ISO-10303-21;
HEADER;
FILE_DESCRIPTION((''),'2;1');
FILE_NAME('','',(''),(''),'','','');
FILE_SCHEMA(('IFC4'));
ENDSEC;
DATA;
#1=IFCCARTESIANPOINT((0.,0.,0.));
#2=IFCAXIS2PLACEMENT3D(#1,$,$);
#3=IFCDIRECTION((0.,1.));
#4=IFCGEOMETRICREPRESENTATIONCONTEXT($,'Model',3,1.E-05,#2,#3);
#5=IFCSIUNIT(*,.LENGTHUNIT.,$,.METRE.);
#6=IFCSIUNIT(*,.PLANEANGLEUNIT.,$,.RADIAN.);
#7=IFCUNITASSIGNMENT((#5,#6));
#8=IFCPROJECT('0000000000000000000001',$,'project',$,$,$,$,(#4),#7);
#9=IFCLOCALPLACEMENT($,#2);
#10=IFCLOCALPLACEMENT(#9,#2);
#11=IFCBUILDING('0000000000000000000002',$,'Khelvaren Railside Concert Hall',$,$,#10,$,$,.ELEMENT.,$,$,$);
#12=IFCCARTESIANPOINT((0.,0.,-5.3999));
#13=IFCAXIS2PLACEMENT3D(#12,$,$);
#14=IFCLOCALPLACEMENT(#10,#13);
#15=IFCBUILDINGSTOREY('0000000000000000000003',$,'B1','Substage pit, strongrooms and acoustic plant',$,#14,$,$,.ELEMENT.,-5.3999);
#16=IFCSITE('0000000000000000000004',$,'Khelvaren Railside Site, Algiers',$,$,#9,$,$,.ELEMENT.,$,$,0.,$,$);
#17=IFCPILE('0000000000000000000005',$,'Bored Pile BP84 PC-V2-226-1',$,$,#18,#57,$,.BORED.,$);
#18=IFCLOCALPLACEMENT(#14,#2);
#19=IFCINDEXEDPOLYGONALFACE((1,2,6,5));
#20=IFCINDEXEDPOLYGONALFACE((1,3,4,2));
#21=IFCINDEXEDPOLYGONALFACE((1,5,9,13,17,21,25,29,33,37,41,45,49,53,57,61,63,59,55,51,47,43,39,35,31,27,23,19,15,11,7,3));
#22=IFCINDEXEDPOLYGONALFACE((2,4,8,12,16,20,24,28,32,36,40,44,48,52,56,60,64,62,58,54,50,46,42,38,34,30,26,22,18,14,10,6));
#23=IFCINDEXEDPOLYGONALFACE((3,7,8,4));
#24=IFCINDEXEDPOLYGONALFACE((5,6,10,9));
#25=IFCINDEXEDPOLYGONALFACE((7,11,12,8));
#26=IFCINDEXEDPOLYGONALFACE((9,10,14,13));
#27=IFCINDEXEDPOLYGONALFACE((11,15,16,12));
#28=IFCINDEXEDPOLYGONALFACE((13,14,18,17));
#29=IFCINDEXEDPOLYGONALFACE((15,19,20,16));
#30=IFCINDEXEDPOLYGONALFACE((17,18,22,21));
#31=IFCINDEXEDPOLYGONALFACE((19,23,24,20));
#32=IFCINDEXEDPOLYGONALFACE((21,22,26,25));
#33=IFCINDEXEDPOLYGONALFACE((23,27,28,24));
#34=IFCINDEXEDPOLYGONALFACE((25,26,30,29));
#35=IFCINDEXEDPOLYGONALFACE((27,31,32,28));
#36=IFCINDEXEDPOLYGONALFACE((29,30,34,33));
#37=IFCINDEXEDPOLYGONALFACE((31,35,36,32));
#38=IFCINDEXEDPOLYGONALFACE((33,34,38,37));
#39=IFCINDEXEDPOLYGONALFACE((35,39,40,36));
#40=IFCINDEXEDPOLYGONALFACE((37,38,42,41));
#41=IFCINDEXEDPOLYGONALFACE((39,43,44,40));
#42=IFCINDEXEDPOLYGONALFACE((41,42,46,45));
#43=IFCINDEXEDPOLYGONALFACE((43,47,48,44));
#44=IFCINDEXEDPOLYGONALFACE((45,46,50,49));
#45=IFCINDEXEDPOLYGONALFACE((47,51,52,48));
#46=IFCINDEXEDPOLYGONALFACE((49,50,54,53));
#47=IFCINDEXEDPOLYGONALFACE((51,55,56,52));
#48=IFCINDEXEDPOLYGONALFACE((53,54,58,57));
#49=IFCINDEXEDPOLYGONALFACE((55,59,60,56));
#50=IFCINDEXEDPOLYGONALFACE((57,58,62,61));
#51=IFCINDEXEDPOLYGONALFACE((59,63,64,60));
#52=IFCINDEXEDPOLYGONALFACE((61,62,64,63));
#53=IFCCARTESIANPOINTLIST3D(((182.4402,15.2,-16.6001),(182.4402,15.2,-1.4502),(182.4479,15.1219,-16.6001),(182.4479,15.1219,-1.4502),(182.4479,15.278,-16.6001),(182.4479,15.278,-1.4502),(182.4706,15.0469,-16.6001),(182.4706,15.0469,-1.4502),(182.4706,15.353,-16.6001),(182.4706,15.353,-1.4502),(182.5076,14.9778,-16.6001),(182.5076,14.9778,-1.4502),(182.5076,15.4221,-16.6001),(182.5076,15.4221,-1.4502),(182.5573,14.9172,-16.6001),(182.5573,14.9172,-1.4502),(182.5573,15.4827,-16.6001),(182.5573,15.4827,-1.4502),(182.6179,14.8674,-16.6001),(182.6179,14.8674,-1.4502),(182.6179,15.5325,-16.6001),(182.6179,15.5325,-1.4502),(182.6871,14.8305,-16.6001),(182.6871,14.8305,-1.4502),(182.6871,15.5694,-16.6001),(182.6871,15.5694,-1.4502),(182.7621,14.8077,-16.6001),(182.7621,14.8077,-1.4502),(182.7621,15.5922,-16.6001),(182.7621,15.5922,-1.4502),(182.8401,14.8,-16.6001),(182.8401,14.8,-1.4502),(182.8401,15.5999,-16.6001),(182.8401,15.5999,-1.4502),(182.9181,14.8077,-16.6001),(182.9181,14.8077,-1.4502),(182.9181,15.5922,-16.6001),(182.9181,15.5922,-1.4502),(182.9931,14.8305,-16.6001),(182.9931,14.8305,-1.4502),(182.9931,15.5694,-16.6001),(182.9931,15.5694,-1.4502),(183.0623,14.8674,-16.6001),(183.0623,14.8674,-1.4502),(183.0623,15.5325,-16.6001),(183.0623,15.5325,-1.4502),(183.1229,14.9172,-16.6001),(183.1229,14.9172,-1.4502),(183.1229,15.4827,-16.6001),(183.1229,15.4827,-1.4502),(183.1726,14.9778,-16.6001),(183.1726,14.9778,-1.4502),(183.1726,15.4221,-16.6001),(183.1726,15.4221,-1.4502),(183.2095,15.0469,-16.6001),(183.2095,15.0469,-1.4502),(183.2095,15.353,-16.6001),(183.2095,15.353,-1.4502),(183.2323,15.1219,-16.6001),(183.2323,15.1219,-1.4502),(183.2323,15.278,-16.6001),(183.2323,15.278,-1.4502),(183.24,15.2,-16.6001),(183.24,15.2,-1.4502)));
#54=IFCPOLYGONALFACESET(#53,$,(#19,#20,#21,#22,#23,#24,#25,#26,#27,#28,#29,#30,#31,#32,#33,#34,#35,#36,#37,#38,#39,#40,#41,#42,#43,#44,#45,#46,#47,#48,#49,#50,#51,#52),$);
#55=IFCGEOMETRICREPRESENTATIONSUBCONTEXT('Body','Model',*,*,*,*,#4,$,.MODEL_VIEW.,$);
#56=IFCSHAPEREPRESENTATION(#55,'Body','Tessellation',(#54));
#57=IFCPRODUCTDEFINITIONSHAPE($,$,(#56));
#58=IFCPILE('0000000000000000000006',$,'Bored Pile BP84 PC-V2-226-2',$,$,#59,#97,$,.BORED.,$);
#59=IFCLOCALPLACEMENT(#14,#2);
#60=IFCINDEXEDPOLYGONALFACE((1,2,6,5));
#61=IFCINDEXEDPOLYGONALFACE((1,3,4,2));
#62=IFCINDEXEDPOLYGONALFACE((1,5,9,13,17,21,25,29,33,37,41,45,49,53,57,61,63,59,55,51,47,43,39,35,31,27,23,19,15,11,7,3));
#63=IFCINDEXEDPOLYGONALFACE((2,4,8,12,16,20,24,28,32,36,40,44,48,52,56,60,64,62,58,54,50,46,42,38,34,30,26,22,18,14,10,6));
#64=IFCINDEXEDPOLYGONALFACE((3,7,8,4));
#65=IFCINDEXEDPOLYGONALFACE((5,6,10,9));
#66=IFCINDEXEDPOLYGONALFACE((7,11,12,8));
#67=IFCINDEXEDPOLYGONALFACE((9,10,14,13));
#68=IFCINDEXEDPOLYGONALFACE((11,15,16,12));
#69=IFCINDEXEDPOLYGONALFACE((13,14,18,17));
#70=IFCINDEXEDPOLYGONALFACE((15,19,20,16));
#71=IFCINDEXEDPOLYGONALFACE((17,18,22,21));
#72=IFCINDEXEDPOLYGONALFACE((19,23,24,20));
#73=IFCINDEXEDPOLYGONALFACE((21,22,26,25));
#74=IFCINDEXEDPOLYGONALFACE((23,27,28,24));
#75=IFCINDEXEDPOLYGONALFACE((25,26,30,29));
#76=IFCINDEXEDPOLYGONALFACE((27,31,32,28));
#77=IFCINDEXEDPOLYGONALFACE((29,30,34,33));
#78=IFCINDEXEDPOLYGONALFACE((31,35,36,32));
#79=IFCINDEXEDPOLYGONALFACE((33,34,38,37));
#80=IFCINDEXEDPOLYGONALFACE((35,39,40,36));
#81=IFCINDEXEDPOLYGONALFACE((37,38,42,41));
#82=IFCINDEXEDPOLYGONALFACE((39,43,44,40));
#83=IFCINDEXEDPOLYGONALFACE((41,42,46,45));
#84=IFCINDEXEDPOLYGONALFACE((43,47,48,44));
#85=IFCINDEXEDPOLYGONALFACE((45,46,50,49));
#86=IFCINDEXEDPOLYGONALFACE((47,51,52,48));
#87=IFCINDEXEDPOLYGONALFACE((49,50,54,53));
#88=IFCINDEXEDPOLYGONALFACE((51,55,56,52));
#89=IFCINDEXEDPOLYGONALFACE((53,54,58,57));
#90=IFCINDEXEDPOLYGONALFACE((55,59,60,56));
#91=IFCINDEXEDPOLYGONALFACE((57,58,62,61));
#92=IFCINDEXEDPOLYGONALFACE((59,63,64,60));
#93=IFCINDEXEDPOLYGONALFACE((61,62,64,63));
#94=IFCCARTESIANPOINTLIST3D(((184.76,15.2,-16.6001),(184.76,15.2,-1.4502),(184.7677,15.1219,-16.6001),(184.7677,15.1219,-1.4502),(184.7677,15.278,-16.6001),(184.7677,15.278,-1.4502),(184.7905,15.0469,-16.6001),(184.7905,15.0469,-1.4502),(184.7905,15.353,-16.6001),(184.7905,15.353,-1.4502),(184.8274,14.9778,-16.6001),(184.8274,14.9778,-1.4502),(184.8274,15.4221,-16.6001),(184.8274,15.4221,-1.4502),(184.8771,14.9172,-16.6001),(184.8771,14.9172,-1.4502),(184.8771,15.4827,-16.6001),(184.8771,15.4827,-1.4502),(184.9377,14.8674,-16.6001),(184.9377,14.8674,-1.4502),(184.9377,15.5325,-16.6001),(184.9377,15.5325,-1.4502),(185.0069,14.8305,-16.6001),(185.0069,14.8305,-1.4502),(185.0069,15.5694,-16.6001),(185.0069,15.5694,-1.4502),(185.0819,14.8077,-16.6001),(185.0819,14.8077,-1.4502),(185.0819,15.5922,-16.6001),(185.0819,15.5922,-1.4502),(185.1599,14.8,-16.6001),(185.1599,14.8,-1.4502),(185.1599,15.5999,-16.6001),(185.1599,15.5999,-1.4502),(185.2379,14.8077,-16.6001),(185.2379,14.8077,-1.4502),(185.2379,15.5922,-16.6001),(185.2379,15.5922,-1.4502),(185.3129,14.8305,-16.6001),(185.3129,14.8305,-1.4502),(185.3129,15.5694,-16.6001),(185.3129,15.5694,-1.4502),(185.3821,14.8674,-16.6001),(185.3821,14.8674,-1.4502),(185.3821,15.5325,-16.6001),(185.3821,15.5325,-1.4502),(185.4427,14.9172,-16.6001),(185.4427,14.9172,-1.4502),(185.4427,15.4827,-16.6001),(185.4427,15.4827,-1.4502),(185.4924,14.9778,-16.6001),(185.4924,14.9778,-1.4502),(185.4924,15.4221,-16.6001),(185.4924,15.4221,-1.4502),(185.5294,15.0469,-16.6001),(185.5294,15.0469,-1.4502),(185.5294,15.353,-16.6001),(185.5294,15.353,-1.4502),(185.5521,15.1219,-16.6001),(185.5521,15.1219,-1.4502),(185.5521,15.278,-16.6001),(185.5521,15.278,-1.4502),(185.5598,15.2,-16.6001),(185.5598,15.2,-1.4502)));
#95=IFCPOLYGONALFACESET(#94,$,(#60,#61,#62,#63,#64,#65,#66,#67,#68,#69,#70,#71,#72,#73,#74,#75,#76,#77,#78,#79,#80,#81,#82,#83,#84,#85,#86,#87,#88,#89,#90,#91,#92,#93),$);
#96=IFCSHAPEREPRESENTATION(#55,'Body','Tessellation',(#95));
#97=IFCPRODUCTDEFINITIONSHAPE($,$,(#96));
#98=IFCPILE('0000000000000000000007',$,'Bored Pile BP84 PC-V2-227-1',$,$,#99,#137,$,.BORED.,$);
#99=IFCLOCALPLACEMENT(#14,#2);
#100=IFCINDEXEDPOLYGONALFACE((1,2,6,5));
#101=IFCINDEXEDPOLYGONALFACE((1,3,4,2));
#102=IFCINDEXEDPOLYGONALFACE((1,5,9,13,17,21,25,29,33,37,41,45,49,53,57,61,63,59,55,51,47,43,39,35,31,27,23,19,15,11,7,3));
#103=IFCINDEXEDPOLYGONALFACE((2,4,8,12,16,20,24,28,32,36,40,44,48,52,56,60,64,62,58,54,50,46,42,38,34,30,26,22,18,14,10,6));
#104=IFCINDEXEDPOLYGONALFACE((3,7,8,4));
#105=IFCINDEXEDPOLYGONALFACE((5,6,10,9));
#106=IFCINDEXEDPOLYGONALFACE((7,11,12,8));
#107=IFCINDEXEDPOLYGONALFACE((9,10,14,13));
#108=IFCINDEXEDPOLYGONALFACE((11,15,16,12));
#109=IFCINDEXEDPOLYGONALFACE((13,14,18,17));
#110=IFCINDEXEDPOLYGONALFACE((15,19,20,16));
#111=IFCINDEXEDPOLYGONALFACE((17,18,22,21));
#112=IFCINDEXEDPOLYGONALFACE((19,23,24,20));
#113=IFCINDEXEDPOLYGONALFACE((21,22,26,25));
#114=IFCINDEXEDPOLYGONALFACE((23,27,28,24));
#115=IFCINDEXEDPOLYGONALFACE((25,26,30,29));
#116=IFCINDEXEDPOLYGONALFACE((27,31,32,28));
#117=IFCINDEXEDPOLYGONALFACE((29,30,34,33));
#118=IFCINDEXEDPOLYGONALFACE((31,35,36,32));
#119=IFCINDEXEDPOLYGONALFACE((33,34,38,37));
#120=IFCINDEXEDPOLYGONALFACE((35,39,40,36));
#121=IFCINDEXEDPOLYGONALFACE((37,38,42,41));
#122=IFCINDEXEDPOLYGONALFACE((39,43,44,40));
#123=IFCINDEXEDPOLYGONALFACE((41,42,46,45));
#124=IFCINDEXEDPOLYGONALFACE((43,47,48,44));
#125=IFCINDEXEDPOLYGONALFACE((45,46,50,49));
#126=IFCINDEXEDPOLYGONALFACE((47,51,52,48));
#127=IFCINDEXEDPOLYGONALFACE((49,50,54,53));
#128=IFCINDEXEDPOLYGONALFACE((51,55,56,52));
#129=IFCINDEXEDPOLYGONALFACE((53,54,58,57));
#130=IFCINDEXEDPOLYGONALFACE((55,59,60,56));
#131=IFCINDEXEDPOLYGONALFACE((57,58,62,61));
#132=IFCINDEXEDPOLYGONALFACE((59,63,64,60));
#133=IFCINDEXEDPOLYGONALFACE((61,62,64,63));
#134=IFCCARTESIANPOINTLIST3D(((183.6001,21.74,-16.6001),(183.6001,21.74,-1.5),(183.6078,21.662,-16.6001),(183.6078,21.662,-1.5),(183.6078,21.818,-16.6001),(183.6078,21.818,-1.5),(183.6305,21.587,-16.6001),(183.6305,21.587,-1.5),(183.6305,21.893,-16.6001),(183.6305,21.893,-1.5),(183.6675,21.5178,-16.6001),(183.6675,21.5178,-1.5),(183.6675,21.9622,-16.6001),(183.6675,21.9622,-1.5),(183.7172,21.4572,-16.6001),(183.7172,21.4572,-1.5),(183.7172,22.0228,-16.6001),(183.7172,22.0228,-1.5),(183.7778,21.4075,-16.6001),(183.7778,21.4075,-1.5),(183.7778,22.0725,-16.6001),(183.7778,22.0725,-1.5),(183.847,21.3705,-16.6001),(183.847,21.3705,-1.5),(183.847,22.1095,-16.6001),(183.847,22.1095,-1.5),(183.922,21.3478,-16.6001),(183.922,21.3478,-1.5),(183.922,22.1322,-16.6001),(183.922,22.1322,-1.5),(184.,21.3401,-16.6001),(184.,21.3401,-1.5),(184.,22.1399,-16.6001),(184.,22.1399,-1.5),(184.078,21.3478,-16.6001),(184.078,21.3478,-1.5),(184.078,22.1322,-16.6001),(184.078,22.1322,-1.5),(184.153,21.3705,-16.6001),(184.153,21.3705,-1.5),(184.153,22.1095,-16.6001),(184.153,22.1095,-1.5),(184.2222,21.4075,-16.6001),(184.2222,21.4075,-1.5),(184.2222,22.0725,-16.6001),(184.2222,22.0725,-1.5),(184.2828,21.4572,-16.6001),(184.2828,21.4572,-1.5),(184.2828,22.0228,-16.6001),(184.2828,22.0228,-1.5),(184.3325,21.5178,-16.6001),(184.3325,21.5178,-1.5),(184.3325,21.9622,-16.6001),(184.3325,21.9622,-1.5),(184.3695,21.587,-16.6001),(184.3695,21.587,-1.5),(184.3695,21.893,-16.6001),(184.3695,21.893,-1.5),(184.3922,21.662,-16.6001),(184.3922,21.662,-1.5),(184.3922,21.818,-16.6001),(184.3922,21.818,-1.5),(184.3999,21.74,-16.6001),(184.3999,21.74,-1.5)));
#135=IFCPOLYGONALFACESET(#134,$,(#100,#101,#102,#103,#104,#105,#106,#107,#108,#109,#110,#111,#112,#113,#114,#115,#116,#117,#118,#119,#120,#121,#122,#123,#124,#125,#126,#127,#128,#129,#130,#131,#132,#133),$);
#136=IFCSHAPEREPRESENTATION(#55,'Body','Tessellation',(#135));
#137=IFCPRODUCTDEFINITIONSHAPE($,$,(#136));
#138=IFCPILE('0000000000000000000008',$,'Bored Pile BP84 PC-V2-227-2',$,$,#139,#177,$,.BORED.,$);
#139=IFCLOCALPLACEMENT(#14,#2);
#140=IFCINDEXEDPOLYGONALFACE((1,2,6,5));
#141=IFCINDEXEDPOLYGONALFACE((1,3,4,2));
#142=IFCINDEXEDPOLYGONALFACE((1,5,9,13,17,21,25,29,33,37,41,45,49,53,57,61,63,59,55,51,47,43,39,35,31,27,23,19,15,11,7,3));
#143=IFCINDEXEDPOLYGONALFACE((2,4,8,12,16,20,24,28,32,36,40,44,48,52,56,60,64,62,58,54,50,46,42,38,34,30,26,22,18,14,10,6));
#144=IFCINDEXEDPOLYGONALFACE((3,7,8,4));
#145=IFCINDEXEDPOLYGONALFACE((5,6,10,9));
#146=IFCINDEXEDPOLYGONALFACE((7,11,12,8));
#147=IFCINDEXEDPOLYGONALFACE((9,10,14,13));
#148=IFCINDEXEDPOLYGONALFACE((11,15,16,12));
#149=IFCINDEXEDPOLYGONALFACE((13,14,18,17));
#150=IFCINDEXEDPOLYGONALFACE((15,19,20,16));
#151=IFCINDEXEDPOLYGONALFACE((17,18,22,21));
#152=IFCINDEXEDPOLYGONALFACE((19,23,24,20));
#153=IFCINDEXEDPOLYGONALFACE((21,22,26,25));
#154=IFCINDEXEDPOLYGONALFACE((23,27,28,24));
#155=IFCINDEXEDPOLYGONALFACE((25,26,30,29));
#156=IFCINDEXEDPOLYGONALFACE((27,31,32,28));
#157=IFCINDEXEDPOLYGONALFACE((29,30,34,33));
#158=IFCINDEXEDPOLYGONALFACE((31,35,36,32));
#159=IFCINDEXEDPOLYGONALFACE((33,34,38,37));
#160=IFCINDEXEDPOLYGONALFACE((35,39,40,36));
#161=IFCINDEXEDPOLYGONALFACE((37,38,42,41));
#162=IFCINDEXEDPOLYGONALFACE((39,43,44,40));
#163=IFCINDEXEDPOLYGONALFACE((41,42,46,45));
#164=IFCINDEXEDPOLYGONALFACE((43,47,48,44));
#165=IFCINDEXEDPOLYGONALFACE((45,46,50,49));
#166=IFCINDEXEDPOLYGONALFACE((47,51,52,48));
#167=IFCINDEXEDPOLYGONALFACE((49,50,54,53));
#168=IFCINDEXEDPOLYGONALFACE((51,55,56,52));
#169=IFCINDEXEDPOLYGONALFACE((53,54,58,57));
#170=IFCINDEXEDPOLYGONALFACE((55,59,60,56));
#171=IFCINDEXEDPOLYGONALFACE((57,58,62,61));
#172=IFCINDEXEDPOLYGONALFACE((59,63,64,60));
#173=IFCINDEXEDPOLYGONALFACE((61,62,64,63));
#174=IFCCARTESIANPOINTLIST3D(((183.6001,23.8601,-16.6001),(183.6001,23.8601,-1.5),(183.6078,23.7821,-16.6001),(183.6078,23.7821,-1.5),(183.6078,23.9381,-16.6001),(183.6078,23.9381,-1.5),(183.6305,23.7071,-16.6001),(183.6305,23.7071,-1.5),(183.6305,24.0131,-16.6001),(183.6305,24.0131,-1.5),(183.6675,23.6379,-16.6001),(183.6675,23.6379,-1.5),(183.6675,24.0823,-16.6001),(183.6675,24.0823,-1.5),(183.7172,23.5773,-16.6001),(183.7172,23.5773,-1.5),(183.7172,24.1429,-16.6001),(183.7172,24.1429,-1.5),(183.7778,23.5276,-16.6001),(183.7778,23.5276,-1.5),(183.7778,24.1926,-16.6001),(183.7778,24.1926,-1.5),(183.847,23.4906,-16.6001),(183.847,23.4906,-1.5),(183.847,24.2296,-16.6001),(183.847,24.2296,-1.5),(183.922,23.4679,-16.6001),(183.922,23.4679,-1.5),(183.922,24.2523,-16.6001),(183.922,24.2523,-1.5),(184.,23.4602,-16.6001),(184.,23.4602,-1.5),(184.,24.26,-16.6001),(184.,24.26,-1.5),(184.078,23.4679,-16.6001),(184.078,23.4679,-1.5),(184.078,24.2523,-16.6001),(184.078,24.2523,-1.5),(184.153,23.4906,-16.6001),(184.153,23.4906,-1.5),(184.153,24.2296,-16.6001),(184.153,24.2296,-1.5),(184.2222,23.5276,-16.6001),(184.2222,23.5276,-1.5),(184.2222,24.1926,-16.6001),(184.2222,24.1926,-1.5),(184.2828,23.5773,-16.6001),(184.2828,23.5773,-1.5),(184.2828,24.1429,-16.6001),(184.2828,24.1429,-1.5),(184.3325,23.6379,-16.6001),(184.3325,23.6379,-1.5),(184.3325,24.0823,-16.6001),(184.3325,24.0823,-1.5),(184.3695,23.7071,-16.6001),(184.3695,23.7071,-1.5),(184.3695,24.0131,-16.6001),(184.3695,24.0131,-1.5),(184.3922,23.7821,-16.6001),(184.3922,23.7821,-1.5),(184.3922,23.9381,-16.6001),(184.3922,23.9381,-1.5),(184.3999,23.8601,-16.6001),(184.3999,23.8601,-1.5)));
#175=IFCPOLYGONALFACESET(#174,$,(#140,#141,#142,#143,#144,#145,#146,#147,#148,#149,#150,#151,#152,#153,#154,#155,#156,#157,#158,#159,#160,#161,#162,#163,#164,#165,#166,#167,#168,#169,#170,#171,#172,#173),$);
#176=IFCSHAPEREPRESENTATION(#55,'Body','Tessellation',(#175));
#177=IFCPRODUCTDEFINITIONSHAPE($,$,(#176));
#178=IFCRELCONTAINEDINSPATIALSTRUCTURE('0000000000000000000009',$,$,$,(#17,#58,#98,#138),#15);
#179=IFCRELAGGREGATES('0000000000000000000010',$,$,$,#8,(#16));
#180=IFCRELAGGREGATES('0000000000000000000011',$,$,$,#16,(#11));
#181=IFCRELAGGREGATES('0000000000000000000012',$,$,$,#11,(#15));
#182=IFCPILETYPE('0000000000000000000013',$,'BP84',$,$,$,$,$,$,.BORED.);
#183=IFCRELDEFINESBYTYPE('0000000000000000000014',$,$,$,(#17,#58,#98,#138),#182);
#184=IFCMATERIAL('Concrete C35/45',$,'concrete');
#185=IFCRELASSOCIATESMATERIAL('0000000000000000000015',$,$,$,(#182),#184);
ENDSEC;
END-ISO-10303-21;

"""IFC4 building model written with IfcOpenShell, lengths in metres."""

from ifc_helpers import new_model, si_unit, direction, frame, origin, origin_2d, place, context, subcontext, project, spatial, circle, extrude, material, material_profile, profile_set, type_object, element, save


model = new_model("IFC4")

# Units and contexts
model_context = context("Model", 3, precision=1e-05, world=origin(), true_north=direction((0.0, 1.0)))
body_context = subcontext(model_context, "Body", "Model", "MODEL_VIEW")
ifc_project = project(units=[si_unit("LENGTHUNIT", "METRE"), si_unit("PLANEANGLEUNIT", "RADIAN")], contexts=[model_context])

# Site, building, storey
site_placement = place(None, origin())
site = spatial("IfcSite", under=ifc_project, at=site_placement, Name="Khelvaren Railside Site, Algiers", CompositionType="ELEMENT", RefElevation=0.0)
building_placement = place(site_placement, origin())
building = spatial("IfcBuilding", under=site, at=building_placement, Name="Khelvaren Railside Concert Hall", CompositionType="ELEMENT")
storey_placement = place(building_placement, frame((0.0, 0.0, -5.3999)))
storey = spatial("IfcBuildingStorey", under=building, at=storey_placement, Name="B1", Description="Substage pit, strongrooms and acoustic plant", CompositionType="ELEMENT", Elevation=-5.3999)

# Piles
ifc_material_1 = material(Name="Concrete C35/45", Category="concrete")
ifc_material_profile_1 = material_profile(ifc_material_1, circle(Radius=0.3999, at=origin_2d()), Name="BP D800")
ifc_profile_set_1 = profile_set([ifc_material_profile_1], Name="Concrete C35/45")
pile_type_1 = type_object("IfcPileType", Name="BP84", PredefinedType="BORED", material=ifc_profile_set_1)
for number, where, z_axis, x_axis, name in (
    (1, (182.8401, 15.2, -1.4502), (0.0, 0.0, -1.0), (1.0, 0.0, 0.0), "Bored Pile BP84 PC-V2-226-1"),
    (2, (185.1599, 15.2, -1.4502), (0.0, 0.0, -1.0), (1.0, 0.0, 0.0), "Bored Pile BP84 PC-V2-226-2"),
):
    element("IfcPile", number, at=place(storey_placement, frame(where, z_axis=z_axis, x_axis=x_axis)), inside=storey, type_object=pile_type_1, Name=name, PredefinedType="BORED", context=body_context, shape_type="SweptSolid", body=[
        extrude(circle(Radius=0.3999, at=origin_2d()), origin(), (0.0, 0.0, 1.0), 15.1499),
    ])
for number, where, z_axis, x_axis, name in (
    (3, (184.0, 21.74, -1.5), (0.0, 0.0, -1.0), (1.0, 0.0, 0.0), "Bored Pile BP84 PC-V2-227-1"),
    (4, (184.0, 23.8601, -1.5), (0.0, 0.0, -1.0), (1.0, 0.0, 0.0), "Bored Pile BP84 PC-V2-227-2"),
):
    element("IfcPile", number, at=place(storey_placement, frame(where, z_axis=z_axis, x_axis=x_axis)), inside=storey, type_object=pile_type_1, Name=name, PredefinedType="BORED", context=body_context, shape_type="SweptSolid", body=[
        extrude(circle(Radius=0.3999, at=origin_2d()), origin(), (0.0, 0.0, 1.0), 15.1001),
    ])

save(model, "model.ifc")
